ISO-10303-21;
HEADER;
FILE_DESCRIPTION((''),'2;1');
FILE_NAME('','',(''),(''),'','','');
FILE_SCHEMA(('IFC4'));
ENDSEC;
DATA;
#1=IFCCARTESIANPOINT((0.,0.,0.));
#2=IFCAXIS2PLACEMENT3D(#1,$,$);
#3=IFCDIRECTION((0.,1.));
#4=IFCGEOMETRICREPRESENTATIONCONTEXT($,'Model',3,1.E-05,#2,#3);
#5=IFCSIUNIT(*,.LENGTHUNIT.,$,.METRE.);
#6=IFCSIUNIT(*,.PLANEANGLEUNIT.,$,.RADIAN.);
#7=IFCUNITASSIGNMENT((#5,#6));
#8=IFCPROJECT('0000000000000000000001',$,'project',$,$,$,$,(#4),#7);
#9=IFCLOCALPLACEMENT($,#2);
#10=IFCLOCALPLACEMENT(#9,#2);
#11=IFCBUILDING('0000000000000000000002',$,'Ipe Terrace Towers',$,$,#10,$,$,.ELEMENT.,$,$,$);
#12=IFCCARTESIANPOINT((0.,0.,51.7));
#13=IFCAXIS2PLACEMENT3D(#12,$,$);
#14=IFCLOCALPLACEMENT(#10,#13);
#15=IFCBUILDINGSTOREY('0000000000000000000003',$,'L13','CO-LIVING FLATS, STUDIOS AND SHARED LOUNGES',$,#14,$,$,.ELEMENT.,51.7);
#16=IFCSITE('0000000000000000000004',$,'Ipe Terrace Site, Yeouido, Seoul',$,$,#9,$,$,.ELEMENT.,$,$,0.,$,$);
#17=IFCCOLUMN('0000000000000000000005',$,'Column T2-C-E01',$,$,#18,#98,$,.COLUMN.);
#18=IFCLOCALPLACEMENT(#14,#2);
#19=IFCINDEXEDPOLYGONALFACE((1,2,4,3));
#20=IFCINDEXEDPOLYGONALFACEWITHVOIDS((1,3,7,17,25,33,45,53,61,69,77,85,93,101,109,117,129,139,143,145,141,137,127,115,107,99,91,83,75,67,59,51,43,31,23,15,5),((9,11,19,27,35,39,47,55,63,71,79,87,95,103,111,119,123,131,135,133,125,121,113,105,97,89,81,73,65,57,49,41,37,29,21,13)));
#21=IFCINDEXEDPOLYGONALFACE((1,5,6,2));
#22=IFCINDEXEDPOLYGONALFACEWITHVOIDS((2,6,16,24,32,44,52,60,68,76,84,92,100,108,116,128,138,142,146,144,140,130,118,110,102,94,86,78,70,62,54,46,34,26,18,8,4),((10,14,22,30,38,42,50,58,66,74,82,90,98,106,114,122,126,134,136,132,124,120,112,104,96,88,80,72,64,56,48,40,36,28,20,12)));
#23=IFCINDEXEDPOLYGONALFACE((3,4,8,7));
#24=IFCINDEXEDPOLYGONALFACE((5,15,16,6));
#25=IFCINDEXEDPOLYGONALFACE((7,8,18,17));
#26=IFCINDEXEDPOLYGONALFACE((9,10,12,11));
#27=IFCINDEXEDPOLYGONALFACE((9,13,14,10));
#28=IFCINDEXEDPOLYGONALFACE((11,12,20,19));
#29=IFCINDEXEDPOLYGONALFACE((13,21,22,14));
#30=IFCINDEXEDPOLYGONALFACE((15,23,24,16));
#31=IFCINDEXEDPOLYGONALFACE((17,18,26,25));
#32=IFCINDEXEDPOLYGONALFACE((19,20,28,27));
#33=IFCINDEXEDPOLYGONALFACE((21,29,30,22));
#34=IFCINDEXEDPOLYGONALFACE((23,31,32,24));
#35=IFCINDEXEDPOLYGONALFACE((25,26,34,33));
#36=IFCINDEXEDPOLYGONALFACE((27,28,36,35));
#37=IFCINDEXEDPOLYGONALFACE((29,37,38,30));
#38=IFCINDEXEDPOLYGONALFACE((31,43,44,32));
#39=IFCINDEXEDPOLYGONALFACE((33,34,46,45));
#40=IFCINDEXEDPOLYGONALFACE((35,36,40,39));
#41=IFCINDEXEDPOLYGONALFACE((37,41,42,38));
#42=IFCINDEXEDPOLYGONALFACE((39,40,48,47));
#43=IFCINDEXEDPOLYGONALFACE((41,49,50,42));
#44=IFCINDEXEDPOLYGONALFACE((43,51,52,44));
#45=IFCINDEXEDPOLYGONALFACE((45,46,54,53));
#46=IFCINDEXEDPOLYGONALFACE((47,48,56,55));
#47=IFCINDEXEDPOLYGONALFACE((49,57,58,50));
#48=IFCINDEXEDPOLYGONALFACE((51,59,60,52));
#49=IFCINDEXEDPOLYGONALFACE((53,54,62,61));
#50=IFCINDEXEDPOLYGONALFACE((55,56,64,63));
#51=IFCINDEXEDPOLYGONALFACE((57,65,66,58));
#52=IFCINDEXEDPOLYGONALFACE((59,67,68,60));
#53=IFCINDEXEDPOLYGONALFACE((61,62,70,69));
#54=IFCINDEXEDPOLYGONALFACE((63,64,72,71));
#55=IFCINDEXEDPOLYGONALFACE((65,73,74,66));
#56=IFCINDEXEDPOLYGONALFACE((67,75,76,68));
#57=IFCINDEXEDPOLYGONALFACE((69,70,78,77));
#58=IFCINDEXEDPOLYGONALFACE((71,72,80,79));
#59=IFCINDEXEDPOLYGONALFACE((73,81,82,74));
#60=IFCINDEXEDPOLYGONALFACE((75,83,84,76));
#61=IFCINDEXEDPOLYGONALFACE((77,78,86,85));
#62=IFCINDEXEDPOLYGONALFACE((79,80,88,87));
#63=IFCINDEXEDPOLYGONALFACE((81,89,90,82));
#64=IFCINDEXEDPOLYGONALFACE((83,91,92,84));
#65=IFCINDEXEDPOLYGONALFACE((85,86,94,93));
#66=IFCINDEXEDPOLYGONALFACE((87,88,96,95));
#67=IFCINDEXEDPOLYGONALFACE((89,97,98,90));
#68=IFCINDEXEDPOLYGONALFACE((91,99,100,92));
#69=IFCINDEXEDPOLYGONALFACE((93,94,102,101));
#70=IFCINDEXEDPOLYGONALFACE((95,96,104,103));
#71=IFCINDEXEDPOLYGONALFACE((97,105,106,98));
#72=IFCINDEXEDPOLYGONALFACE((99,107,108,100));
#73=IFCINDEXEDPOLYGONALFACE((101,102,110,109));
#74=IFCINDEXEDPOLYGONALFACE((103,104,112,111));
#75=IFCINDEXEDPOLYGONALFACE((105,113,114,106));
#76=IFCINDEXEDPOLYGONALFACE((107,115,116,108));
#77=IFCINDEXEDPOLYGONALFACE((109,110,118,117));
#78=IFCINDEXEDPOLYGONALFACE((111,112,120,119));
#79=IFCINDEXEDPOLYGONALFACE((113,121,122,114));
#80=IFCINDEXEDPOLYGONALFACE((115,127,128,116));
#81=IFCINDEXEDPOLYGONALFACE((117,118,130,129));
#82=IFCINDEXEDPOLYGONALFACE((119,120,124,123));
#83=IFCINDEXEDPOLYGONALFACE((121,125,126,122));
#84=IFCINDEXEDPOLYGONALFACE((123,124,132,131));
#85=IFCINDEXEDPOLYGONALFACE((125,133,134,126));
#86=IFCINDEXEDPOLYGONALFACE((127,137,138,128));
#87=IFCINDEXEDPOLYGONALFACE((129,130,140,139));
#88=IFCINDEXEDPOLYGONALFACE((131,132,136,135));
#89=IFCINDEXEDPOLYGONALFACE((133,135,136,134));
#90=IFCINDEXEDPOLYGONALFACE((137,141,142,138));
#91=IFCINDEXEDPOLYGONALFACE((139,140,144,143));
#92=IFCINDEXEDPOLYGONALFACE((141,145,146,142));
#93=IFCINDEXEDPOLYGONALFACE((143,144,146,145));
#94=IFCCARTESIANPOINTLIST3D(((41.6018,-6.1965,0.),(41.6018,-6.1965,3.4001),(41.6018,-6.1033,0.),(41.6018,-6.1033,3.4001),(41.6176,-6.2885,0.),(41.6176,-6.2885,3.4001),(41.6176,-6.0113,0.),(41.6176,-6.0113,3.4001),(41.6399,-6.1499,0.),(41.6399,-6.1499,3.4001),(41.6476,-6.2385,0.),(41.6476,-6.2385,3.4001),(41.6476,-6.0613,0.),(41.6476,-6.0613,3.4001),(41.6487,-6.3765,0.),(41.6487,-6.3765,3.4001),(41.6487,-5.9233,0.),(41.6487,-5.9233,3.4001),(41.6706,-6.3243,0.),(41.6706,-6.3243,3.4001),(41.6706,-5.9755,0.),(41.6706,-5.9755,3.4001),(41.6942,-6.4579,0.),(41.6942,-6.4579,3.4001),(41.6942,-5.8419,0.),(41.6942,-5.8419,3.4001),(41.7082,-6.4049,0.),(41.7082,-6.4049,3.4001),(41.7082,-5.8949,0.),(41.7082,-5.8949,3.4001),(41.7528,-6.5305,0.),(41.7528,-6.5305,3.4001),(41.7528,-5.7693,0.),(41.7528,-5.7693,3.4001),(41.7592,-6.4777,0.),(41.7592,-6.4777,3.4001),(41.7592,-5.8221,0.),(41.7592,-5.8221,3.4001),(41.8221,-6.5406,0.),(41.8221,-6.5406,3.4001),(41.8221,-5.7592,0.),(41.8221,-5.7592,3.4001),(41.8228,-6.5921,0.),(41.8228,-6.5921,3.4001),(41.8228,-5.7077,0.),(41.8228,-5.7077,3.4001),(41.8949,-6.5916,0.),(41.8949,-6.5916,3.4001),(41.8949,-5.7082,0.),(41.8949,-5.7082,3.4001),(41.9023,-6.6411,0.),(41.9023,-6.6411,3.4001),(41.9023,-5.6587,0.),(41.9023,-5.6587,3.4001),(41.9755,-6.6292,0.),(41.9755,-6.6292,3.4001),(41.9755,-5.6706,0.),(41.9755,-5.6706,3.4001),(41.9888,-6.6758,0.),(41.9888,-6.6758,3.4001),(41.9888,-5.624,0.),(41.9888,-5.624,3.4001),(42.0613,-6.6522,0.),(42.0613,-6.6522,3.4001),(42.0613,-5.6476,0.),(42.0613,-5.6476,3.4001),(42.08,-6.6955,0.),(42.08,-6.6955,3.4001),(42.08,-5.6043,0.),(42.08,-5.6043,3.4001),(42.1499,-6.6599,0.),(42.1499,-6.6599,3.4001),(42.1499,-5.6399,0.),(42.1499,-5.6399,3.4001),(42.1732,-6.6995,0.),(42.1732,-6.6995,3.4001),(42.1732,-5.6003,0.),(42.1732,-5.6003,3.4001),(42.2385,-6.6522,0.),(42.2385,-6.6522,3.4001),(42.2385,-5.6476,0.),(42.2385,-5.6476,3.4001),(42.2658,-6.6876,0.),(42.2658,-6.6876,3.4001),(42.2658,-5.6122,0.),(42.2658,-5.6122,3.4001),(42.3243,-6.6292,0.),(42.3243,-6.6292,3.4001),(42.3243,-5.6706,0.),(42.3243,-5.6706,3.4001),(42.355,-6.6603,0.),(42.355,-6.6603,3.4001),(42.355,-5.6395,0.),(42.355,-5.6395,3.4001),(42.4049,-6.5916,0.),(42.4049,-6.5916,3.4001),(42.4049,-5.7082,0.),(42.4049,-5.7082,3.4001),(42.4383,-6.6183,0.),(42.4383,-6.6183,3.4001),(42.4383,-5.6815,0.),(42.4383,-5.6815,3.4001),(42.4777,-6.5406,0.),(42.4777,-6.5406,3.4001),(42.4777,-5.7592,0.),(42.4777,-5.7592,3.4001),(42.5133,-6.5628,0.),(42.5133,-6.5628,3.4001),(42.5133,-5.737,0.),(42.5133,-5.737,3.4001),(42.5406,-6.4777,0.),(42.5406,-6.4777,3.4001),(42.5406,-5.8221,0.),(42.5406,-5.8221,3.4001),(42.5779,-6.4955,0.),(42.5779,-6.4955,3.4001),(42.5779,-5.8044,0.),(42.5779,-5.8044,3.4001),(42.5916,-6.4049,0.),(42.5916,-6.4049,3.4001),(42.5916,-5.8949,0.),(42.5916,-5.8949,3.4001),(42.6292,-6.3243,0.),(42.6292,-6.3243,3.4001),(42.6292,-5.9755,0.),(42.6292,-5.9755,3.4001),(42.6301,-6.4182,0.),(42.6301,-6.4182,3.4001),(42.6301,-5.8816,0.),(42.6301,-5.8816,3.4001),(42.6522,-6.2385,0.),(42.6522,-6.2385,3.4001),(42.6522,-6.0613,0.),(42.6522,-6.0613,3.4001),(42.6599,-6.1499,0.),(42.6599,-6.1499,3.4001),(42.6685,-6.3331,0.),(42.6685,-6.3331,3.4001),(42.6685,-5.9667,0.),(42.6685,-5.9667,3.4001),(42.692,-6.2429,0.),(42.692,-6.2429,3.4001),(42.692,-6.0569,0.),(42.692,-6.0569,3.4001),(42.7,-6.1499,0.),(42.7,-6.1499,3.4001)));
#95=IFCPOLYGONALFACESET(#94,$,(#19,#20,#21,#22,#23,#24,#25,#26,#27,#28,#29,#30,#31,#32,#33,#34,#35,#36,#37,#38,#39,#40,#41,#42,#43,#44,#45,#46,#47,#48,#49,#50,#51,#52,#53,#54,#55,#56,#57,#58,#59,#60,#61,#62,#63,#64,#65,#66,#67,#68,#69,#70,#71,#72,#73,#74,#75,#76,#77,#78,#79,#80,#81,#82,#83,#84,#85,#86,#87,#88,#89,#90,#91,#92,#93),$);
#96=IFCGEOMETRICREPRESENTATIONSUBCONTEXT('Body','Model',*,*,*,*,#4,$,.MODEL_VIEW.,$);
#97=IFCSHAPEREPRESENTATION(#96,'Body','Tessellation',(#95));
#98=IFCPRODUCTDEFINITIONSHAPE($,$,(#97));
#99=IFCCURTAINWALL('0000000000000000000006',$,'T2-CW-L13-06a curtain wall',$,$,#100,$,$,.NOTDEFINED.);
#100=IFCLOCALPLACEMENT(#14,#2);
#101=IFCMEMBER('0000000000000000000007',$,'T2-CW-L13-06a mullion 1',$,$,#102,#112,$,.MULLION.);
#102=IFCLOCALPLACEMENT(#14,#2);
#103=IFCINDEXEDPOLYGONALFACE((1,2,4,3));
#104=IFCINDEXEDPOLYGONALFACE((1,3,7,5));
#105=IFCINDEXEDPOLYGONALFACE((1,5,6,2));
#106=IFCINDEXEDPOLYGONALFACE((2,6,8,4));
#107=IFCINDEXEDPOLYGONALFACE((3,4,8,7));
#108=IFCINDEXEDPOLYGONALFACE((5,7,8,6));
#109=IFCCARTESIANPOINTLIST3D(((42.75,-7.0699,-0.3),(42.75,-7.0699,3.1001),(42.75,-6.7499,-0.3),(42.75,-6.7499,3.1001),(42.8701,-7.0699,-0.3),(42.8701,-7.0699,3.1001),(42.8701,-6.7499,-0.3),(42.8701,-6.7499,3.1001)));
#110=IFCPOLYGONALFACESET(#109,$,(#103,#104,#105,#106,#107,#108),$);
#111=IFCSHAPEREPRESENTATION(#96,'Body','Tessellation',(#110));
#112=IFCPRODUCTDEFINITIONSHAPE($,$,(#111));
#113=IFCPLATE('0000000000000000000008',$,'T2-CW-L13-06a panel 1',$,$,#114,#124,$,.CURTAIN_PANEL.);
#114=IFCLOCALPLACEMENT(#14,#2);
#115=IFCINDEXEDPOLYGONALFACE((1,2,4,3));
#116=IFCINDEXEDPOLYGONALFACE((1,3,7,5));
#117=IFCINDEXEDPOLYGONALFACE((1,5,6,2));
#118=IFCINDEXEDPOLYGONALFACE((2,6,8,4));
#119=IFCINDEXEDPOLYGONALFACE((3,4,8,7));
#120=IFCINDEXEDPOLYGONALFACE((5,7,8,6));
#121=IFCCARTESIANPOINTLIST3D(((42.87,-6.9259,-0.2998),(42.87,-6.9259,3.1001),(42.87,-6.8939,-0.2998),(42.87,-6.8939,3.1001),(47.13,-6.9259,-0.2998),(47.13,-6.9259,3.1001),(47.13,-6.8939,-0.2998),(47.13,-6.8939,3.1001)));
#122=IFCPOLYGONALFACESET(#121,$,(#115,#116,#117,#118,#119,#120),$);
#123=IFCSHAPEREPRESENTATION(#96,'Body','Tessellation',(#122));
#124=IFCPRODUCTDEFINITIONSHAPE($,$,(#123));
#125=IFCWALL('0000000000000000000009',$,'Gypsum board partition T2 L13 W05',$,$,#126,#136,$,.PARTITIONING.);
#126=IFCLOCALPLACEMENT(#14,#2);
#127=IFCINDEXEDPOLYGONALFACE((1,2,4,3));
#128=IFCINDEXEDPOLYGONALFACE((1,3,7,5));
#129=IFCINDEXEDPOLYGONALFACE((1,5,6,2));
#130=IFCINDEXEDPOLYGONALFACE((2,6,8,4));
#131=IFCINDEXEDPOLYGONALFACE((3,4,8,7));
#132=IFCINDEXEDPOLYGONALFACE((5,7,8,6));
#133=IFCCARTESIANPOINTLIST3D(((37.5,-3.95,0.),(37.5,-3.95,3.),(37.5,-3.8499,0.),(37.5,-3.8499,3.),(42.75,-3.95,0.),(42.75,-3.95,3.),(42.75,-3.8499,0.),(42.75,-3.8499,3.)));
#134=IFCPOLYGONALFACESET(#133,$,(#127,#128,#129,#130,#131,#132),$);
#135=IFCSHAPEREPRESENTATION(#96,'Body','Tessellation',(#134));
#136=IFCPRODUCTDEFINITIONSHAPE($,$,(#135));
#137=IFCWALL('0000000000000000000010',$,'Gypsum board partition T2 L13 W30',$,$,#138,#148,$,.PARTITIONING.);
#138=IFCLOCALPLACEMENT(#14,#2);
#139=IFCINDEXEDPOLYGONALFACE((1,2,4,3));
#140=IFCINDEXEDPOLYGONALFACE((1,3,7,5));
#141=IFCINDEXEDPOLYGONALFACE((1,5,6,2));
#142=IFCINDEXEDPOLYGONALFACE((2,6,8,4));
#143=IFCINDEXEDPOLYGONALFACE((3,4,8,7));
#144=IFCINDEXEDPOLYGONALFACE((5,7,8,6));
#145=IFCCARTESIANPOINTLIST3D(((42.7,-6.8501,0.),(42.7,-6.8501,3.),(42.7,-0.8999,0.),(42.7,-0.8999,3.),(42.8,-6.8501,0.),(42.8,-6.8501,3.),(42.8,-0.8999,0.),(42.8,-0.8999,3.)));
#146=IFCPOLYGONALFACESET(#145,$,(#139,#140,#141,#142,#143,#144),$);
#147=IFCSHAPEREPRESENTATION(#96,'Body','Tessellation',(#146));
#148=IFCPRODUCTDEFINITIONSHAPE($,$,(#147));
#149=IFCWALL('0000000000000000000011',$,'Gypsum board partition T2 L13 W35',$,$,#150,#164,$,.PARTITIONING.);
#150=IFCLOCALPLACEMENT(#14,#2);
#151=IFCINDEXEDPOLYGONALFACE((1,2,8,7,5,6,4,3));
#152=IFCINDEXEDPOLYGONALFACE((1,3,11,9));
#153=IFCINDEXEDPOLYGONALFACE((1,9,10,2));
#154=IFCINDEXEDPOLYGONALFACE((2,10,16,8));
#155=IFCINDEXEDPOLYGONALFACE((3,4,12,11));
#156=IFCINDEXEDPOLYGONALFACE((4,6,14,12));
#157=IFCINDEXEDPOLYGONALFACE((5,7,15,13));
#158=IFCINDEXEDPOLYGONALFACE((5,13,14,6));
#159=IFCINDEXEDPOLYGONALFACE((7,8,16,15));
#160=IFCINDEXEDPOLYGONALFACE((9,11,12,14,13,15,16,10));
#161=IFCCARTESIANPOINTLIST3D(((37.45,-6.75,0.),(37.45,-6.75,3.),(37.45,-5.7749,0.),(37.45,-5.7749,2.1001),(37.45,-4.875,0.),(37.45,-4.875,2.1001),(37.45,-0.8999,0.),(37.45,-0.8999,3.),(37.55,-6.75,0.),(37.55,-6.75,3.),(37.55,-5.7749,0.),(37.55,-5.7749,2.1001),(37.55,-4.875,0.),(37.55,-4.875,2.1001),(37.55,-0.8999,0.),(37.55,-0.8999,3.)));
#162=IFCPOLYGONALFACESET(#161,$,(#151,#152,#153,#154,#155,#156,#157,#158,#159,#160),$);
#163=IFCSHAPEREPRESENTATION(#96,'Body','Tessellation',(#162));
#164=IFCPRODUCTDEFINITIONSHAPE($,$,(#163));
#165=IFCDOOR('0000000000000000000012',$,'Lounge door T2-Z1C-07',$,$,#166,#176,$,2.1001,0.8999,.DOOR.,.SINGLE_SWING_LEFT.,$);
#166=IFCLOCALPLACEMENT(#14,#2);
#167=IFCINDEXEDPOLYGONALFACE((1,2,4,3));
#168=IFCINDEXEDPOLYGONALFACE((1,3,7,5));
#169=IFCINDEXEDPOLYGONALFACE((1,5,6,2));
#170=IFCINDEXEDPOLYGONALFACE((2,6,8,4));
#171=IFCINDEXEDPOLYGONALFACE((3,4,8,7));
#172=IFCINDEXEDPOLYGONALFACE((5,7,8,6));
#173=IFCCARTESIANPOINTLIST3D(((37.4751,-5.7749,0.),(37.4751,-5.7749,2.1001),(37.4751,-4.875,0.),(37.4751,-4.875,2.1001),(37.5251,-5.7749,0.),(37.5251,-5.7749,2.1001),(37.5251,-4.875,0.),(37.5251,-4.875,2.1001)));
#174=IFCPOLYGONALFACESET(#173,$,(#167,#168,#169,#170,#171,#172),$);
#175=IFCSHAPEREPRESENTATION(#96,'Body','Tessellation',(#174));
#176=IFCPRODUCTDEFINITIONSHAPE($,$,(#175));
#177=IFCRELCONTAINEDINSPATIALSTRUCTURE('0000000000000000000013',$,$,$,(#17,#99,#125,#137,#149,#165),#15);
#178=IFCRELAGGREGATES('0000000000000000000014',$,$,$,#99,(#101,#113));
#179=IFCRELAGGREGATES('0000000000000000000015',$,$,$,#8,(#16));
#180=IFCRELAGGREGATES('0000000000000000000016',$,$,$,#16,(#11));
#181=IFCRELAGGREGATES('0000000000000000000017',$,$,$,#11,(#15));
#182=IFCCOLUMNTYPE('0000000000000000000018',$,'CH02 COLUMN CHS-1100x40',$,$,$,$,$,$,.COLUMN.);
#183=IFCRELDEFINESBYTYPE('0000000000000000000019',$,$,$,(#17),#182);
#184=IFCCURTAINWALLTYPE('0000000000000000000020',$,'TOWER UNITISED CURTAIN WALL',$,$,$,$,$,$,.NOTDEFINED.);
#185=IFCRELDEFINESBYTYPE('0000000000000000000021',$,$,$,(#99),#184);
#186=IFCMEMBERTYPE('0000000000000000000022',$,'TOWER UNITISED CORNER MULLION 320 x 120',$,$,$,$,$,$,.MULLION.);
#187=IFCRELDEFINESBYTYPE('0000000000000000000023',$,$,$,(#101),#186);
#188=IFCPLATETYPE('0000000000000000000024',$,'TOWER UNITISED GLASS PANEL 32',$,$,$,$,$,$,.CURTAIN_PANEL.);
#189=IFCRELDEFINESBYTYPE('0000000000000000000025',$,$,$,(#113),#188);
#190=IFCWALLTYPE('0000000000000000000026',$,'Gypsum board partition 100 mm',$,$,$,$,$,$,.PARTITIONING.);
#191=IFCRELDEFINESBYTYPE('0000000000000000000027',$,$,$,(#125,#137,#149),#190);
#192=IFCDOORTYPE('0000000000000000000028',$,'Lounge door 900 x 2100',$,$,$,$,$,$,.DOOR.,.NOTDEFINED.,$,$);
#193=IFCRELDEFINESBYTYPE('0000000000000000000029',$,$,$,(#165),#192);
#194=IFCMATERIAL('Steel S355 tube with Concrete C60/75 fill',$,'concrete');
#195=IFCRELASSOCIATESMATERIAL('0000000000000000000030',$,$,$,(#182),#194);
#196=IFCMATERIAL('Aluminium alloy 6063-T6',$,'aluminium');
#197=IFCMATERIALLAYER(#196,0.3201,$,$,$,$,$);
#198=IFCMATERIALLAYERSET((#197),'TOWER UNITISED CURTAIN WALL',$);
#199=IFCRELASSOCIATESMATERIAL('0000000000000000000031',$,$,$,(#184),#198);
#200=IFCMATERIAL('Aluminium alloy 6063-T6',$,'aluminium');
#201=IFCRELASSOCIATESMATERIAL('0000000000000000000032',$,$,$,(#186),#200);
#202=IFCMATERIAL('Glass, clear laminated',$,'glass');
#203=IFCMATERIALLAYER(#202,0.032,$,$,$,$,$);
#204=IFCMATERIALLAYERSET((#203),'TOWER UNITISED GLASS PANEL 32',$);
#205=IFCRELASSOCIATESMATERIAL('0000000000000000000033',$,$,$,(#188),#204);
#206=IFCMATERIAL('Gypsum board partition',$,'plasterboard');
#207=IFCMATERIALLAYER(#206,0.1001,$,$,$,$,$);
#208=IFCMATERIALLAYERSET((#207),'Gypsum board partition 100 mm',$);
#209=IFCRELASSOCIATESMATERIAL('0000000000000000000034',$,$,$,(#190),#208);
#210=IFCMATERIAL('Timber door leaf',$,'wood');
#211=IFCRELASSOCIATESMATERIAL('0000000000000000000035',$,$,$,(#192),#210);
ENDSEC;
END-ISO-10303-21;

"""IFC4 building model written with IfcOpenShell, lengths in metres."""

from ifc_helpers import new_model, si_unit, direction, frame, frame_2d, origin, origin_2d, place, context, subcontext, project, spatial, rectangle, hollow_circle, extrude, material, layer, layer_set, material_profile, profile_set, type_object, element, fill, aggregate, save


model = new_model("IFC4")

# Units and contexts
model_context = context("Model", 3, precision=1e-05, world=origin(), true_north=direction((0.0, 1.0)))
body_context = subcontext(model_context, "Body", "Model", "MODEL_VIEW")
ifc_project = project(units=[si_unit("LENGTHUNIT", "METRE"), si_unit("PLANEANGLEUNIT", "RADIAN")], contexts=[model_context])

# Site, building, storey
site_placement = place(None, origin())
site = spatial("IfcSite", under=ifc_project, at=site_placement, Name="Ipe Terrace Site, Yeouido, Seoul", CompositionType="ELEMENT", RefElevation=0.0)
building_placement = place(site_placement, origin())
building = spatial("IfcBuilding", under=site, at=building_placement, Name="Ipe Terrace Towers", CompositionType="ELEMENT")
storey_placement = place(building_placement, frame((0.0, 0.0, 51.7)))
storey = spatial("IfcBuildingStorey", under=building, at=storey_placement, Name="L13", Description="CO-LIVING FLATS, STUDIOS AND SHARED LOUNGES", CompositionType="ELEMENT", Elevation=51.7)

# Column
ifc_material_1 = material(Name="Steel S355 tube with Concrete C60/75 fill", Category="concrete")
ifc_material_profile_1 = material_profile(ifc_material_1, hollow_circle(Radius=0.55, WallThickness=0.04, at=origin_2d()), Name="CHS-1100x40")
ifc_profile_set_1 = profile_set([ifc_material_profile_1], Name="Steel S355 tube with Concrete C60/75 fill")
column_type = type_object("IfcColumnType", Name="CH02 COLUMN CHS-1100x40", PredefinedType="COLUMN", material=ifc_profile_set_1)
column_placement = place(storey_placement, frame((42.1499, -6.1499, 0.0), z_axis=(0.0, 0.0, 1.0), x_axis=(1.0, 0.0, 0.0)))
element("IfcColumn", 1, at=column_placement, inside=storey, type_object=column_type, Name="Column T2-C-E01", PredefinedType="COLUMN", context=body_context, shape_type="SweptSolid", body=[
    extrude(hollow_circle(Radius=0.55, WallThickness=0.04, at=origin_2d()), origin(), (0.0, 0.0, 1.0), 3.4001),
])

# Curtain wall, member, plate
ifc_material_2 = material(Name="Aluminium alloy 6063-T6", Category="aluminium")
ifc_layer_1 = layer(ifc_material_2, 0.3201)
ifc_layer_set_1 = layer_set([ifc_layer_1], Name="TOWER UNITISED CURTAIN WALL")
curtain_wall_type = type_object("IfcCurtainWallType", Name="TOWER UNITISED CURTAIN WALL", PredefinedType="NOTDEFINED", material=ifc_layer_set_1)
curtain_wall_placement = place(storey_placement, origin())
curtain_wall = element("IfcCurtainWall", 2, at=curtain_wall_placement, inside=storey, type_object=curtain_wall_type, Name="T2-CW-L13-06a curtain wall", PredefinedType="NOTDEFINED")
ifc_material_3 = material(Name="Aluminium alloy 6063-T6", Category="aluminium")
ifc_material_profile_2 = material_profile(ifc_material_3, rectangle(XDim=0.3201, YDim=0.1201, at=origin_2d()), Name="TOWER UNITISED CORNER MULLION 320 x 120")
ifc_profile_set_2 = profile_set([ifc_material_profile_2], Name="Aluminium alloy 6063-T6")
member_type = type_object("IfcMemberType", Name="TOWER UNITISED CORNER MULLION 320 x 120", PredefinedType="MULLION", material=ifc_profile_set_2)
member_placement = place(storey_placement, frame((42.8101, -6.9099, -0.3), z_axis=(0.0, 0.0, 1.0), x_axis=(0.0, -1.0, 0.0)))
member = element("IfcMember", 3, at=member_placement, type_object=member_type, Name="T2-CW-L13-06a mullion 1", PredefinedType="MULLION", context=body_context, shape_type="SweptSolid", body=[
    extrude(rectangle(XDim=0.3201, YDim=0.1201, at=origin_2d()), origin(), (0.0, 0.0, 1.0), 3.4001),
])
ifc_material_4 = material(Name="Glass, clear laminated", Category="glass")
ifc_layer_2 = layer(ifc_material_4, 0.032)
ifc_layer_set_2 = layer_set([ifc_layer_2], Name="TOWER UNITISED GLASS PANEL 32")
plate_type = type_object("IfcPlateType", Name="TOWER UNITISED GLASS PANEL 32", PredefinedType="CURTAIN_PANEL", material=ifc_layer_set_2)
plate_placement = place(storey_placement, frame((45.0, -6.9099, -0.2998), z_axis=(0.0, 0.0, 1.0), x_axis=(1.0, 0.0, 0.0)))
plate = element("IfcPlate", 4, at=plate_placement, type_object=plate_type, Name="T2-CW-L13-06a panel 1", PredefinedType="CURTAIN_PANEL", context=body_context, shape_type="SweptSolid", body=[
    extrude(rectangle(XDim=4.26, YDim=0.032, at=origin_2d()), origin(), (0.0, 0.0, 1.0), 3.3999),
])
aggregate(curtain_wall, [member, plate])

# Walls
ifc_material_5 = material(Name="Gypsum board partition", Category="plasterboard")
ifc_layer_3 = layer(ifc_material_5, 0.1001)
ifc_layer_set_3 = layer_set([ifc_layer_3], Name="Gypsum board partition 100 mm")
wall_type_1 = type_object("IfcWallType", Name="Gypsum board partition 100 mm", PredefinedType="PARTITIONING", material=ifc_layer_set_3)
wall_1_placement = place(storey_placement, frame((42.75, -3.8999, 0.0), z_axis=(0.0, 0.0, 1.0), x_axis=(-1.0, 0.0, 0.0)))
element("IfcWall", 5, at=wall_1_placement, inside=storey, type_object=wall_type_1, Name="Gypsum board partition T2 L13 W05", PredefinedType="PARTITIONING", context=body_context, shape_type="SweptSolid", body=[
    extrude(rectangle(XDim=5.25, YDim=0.1001, at=frame_2d((2.625, 0.0))), origin(), (0.0, 0.0, 1.0), 3.0),
])
wall_2_placement = place(storey_placement, frame((42.75, -6.8501, 0.0), z_axis=(0.0, 0.0, 1.0), x_axis=(0.0, 1.0, 0.0)))
element("IfcWall", 6, at=wall_2_placement, inside=storey, type_object=wall_type_1, Name="Gypsum board partition T2 L13 W30", PredefinedType="PARTITIONING", context=body_context, shape_type="SweptSolid", body=[
    extrude(rectangle(XDim=5.9502, YDim=0.1001, at=frame_2d((2.9751, 0.0))), origin(), (0.0, 0.0, 1.0), 3.0),
])

# Wall, opening, door
wall_3_placement = place(storey_placement, frame((37.5, -6.75, 0.0), z_axis=(0.0, 0.0, 1.0), x_axis=(0.0, 1.0, 0.0)))
wall_3 = element("IfcWall", 7, at=wall_3_placement, inside=storey, type_object=wall_type_1, Name="Gypsum board partition T2 L13 W35", PredefinedType="PARTITIONING", context=body_context, shape_type="SweptSolid", body=[
    extrude(rectangle(XDim=5.8501, YDim=0.1001, at=frame_2d((2.925, 0.0))), origin(), (0.0, 0.0, 1.0), 3.0),
])
opening_1_placement = place(wall_3_placement, frame((0.9751, 0.0, 0.0)))
opening_1 = element("IfcOpeningElement", 8, at=opening_1_placement, cuts=wall_3, PredefinedType="OPENING", context=body_context, shape_type="SweptSolid", body=[
    extrude(rectangle(XDim=0.8999, YDim=2.1001, at=frame_2d((0.45, 1.05))), frame((0.0, 0.0601, 0.0), z_axis=(0.0, -1.0, 0.0), x_axis=(1.0, 0.0, 0.0)), (0.0, 0.0, 1.0), 0.1201),
])
ifc_material_6 = material(Name="Timber door leaf", Category="wood")
door_type_1 = type_object("IfcDoorType", Name="Lounge door 900 x 2100", OperationType="NOTDEFINED", PredefinedType="DOOR", material=ifc_material_6)
door_1_placement = place(opening_1_placement, origin())
door_1 = element("IfcDoor", 9, at=door_1_placement, inside=storey, type_object=door_type_1, Name="Lounge door T2-Z1C-07", OperationType="SINGLE_SWING_LEFT", OverallHeight=2.1001, OverallWidth=0.8999, PredefinedType="DOOR", context=body_context, shape_type="SweptSolid", body=[
    extrude(rectangle(XDim=0.8999, YDim=2.1001, at=frame_2d((0.45, 1.05))), frame((0.0, 0.0249, 0.0), z_axis=(0.0, -1.0, 0.0), x_axis=(1.0, 0.0, 0.0)), (0.0, 0.0, 1.0), 0.05),
])
fill(opening_1, door_1)

save(model, "model.ifc")
